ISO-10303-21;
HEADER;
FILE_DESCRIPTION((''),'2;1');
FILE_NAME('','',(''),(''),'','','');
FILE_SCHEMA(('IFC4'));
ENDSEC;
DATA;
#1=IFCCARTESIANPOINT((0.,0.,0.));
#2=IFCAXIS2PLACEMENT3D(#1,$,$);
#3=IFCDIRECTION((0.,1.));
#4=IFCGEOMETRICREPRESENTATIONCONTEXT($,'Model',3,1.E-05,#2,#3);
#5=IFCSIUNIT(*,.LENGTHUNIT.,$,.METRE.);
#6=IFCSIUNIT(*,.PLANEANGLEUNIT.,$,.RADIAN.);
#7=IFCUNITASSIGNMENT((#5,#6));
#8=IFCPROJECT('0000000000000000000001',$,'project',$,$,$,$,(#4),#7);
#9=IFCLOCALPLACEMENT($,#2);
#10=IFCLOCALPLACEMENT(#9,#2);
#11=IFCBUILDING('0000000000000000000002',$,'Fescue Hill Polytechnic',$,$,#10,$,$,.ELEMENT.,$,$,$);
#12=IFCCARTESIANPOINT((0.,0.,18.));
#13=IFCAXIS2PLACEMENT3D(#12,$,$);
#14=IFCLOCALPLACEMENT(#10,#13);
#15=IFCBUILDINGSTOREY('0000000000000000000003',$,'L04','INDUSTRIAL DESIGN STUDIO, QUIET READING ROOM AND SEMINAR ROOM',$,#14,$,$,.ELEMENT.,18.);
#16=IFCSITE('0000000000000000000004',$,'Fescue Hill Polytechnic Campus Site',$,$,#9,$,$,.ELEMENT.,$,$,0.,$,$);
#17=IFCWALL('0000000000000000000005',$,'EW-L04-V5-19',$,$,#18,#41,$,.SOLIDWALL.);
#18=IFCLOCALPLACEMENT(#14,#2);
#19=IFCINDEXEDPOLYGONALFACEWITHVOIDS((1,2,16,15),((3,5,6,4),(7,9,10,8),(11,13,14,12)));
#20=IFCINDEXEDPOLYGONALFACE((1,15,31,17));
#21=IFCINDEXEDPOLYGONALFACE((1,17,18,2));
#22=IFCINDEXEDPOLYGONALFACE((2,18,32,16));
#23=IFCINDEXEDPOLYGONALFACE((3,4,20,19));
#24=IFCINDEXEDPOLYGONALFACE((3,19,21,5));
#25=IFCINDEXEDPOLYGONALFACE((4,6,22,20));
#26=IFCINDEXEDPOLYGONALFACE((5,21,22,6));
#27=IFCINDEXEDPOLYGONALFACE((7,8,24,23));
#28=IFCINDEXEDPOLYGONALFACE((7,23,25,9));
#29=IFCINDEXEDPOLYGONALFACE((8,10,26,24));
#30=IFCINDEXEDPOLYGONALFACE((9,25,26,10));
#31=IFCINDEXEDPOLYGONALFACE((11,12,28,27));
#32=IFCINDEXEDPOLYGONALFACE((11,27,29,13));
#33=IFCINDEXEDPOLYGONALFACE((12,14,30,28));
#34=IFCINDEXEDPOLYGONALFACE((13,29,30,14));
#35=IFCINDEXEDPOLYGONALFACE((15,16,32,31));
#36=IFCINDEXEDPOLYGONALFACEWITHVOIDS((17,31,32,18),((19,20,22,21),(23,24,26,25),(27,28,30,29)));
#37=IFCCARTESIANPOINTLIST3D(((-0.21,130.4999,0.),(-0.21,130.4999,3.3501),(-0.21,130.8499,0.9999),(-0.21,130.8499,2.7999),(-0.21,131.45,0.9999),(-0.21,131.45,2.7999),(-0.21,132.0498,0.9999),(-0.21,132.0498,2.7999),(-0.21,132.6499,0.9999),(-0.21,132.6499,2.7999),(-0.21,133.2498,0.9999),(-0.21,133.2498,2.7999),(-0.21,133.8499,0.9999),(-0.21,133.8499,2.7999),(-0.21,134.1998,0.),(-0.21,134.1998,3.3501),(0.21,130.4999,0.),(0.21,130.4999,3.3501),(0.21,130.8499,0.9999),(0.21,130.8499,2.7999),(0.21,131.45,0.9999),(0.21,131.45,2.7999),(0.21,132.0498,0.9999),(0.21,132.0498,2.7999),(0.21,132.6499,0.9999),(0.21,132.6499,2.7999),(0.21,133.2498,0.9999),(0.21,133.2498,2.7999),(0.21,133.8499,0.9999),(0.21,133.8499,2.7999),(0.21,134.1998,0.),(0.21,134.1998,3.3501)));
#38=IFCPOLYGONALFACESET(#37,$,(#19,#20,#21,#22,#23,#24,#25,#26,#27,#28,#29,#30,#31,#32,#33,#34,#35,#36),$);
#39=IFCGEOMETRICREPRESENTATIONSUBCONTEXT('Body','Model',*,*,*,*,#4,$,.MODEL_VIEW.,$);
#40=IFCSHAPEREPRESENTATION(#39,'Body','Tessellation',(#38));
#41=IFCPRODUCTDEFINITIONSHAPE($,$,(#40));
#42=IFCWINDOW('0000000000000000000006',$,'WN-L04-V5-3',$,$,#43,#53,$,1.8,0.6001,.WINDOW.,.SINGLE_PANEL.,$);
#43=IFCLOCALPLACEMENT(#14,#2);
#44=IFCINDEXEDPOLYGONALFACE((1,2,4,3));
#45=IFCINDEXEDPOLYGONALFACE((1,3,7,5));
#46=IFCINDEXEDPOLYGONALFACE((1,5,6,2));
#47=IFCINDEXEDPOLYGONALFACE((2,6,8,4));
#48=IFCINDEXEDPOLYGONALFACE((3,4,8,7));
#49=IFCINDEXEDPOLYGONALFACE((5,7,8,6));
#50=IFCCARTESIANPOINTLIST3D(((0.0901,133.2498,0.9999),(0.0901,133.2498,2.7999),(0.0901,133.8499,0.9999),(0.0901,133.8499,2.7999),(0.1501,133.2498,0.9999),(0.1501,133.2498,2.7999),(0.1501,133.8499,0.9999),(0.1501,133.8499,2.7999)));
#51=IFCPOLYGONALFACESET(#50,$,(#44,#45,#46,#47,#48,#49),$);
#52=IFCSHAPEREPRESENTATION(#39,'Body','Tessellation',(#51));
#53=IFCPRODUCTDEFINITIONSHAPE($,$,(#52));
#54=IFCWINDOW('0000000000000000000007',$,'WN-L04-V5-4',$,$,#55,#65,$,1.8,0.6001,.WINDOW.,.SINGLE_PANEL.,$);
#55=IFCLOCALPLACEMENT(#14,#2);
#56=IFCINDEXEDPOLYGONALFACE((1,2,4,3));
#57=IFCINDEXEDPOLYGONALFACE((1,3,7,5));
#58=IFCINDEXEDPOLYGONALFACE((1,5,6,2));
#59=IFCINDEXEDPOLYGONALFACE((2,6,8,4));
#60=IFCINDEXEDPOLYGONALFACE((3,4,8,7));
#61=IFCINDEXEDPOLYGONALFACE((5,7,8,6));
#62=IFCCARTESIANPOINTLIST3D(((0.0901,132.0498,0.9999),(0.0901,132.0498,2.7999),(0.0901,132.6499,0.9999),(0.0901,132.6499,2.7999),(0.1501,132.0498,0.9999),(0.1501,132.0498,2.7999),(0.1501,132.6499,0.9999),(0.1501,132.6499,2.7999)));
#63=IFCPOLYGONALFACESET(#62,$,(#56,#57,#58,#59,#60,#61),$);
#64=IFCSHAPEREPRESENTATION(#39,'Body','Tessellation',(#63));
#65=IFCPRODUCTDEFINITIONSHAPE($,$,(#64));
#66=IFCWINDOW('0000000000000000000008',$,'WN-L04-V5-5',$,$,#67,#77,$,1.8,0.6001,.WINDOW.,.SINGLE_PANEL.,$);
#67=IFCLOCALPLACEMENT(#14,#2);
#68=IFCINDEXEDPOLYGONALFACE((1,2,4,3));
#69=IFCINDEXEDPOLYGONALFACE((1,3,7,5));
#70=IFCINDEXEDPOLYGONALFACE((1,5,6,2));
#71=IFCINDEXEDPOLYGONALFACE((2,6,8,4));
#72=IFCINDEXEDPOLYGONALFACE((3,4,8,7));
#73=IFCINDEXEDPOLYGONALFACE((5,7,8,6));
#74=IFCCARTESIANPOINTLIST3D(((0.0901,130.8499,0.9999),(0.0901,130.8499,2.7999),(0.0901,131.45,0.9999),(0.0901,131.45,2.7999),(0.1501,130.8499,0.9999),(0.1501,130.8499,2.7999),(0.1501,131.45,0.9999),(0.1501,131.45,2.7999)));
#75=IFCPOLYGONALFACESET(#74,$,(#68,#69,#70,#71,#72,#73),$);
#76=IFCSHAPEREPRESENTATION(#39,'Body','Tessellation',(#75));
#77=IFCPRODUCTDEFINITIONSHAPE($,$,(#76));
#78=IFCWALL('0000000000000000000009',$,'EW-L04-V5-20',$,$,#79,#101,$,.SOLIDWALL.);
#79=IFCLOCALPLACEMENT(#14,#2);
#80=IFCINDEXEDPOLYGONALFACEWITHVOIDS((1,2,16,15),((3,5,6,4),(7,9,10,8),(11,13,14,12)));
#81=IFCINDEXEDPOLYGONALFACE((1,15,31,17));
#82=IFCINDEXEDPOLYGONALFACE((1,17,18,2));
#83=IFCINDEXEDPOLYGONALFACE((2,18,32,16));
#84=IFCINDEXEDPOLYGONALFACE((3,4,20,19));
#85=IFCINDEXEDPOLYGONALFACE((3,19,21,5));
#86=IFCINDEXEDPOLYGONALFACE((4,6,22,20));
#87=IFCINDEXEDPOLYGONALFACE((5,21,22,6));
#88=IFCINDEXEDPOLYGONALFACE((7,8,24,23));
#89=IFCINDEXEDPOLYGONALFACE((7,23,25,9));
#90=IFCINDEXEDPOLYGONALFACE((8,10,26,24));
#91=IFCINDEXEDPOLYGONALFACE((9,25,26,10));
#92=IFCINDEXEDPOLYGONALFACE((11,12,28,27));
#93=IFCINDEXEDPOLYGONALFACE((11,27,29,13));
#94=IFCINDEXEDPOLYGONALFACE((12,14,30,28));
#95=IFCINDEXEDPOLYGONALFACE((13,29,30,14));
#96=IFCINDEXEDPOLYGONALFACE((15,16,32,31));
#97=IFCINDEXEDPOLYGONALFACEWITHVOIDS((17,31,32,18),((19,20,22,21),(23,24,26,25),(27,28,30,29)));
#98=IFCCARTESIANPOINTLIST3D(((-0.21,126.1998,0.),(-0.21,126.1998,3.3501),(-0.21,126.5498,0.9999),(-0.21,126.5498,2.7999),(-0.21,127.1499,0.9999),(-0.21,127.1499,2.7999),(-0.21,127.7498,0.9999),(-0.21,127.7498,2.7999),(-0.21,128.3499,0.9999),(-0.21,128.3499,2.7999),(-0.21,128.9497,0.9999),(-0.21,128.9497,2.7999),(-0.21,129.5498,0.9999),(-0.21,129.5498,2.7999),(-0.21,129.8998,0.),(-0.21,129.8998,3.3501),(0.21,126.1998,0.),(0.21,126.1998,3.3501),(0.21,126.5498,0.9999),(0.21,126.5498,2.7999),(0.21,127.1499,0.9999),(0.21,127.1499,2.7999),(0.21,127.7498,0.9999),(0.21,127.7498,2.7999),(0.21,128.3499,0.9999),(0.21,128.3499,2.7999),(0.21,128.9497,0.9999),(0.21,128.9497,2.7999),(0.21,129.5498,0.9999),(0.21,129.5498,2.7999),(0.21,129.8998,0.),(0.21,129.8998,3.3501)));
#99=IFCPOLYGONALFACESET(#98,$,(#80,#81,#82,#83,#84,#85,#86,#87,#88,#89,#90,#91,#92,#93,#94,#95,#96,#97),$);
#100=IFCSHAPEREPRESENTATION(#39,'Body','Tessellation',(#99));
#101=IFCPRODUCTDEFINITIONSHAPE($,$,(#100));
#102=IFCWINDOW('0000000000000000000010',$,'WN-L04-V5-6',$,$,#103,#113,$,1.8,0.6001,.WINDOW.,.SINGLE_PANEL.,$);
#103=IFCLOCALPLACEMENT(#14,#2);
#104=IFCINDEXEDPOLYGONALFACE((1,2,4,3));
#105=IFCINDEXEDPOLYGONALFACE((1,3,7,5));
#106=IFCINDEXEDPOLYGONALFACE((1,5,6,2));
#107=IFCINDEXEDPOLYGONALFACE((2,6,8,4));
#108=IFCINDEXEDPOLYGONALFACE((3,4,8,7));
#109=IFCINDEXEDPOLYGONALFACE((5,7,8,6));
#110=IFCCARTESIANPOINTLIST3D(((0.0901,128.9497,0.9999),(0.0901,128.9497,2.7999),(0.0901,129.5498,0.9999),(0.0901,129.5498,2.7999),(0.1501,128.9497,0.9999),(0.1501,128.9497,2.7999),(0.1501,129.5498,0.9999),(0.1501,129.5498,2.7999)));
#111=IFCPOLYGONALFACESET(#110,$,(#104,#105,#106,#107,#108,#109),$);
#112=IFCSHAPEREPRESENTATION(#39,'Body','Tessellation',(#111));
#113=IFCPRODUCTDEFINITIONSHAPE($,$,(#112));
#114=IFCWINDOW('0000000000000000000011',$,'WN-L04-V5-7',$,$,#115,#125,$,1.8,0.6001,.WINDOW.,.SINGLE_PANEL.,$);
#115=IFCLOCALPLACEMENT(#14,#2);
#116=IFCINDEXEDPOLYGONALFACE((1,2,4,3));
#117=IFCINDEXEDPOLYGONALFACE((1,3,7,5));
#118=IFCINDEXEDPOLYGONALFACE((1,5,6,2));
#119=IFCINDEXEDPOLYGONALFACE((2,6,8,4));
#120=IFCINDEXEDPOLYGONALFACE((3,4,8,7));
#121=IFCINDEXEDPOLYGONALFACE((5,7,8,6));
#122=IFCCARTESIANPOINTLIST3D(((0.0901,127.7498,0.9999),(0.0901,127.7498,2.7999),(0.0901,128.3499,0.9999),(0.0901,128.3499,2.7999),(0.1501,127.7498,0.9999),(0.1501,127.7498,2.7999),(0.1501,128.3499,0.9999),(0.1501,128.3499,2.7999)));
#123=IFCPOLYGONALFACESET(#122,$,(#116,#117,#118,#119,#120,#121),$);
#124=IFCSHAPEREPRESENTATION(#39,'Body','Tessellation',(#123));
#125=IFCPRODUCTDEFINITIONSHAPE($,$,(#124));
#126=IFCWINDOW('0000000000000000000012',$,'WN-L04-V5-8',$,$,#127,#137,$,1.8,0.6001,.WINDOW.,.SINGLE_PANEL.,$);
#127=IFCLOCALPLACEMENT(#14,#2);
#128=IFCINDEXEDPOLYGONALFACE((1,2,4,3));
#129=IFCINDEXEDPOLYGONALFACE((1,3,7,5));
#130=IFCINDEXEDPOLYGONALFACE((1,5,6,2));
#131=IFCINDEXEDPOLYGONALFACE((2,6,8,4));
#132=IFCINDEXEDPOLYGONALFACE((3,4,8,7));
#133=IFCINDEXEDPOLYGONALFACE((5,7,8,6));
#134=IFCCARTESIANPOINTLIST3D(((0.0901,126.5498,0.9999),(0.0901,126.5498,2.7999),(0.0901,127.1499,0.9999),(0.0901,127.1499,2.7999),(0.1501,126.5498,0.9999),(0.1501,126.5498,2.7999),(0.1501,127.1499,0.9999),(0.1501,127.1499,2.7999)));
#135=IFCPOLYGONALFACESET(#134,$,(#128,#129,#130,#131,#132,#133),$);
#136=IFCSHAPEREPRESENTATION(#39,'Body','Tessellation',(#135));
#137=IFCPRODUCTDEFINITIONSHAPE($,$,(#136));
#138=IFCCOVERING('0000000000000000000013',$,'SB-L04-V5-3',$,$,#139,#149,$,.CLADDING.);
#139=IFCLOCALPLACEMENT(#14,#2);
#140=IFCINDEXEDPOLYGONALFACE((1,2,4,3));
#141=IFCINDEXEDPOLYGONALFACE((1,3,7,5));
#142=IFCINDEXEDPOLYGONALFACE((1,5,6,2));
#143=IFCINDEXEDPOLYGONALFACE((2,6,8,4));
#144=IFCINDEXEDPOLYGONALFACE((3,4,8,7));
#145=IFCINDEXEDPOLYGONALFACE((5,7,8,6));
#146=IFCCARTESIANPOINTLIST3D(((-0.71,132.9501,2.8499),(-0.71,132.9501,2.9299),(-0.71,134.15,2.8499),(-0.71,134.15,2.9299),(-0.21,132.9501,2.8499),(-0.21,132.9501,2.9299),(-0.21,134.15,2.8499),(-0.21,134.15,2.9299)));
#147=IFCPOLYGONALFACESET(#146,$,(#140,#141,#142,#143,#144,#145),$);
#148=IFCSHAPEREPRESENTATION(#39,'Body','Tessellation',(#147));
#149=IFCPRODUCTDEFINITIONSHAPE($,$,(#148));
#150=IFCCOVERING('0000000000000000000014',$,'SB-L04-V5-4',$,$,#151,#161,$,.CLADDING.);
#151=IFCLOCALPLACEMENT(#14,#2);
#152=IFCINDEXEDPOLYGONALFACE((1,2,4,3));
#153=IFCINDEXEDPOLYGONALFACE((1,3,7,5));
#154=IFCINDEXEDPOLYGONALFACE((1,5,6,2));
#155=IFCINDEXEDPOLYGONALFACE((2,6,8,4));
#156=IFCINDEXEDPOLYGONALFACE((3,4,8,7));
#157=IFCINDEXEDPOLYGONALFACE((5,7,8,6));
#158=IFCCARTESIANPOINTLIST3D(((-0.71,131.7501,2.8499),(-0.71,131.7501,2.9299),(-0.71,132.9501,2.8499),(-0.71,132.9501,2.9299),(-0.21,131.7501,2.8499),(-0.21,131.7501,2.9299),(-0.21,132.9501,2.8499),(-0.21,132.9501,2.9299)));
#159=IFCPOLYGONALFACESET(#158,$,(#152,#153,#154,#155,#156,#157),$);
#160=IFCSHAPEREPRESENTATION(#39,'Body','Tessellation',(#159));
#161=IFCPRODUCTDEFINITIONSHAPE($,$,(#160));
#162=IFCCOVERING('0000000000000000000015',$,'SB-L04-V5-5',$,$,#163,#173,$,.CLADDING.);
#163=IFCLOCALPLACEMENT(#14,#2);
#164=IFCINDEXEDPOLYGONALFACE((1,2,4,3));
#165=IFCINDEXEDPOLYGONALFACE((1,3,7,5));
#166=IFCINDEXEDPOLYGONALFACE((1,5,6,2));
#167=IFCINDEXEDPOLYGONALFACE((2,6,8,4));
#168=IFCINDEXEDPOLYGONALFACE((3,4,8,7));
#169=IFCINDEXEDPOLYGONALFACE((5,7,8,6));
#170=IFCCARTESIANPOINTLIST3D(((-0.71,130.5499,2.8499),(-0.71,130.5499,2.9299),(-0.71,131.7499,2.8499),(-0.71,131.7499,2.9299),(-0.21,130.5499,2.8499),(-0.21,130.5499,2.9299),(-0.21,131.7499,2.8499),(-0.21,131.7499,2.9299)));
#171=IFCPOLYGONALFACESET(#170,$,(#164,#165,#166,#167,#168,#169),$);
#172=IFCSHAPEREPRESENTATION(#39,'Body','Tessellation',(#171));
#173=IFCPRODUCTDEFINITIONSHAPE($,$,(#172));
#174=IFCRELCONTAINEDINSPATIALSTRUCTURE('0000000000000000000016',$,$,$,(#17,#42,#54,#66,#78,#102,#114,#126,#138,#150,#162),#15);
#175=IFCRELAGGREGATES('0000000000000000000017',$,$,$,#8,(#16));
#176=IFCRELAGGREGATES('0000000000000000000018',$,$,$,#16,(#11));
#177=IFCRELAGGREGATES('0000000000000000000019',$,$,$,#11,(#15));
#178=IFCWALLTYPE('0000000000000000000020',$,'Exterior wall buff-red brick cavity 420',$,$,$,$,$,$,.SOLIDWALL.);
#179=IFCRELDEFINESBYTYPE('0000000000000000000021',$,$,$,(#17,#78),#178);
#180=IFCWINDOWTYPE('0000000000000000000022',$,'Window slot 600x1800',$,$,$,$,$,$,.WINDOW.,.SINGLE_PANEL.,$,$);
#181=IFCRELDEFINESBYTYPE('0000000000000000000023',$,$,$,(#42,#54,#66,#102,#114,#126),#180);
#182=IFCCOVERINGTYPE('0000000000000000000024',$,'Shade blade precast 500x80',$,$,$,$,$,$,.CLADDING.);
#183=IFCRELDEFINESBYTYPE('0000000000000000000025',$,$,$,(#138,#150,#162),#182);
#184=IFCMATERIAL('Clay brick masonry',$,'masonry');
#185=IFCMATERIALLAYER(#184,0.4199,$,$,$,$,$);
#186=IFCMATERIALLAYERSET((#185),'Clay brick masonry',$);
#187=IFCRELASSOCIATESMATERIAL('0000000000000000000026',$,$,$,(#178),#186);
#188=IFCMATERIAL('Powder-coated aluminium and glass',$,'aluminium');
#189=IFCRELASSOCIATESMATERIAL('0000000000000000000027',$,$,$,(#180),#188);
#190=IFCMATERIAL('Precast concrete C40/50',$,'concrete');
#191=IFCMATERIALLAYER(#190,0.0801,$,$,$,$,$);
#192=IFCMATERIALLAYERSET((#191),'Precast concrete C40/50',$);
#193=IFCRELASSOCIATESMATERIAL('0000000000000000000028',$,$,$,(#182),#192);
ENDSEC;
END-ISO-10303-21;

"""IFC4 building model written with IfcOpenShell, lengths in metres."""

from ifc_helpers import new_model, si_unit, direction, frame, frame_2d, origin, origin_2d, place, context, subcontext, project, spatial, rectangle, extrude, material, layer, layer_set, type_object, element, fill, save


model = new_model("IFC4")

# Units and contexts
model_context = context("Model", 3, precision=1e-05, world=origin(), true_north=direction((0.0, 1.0)))
body_context = subcontext(model_context, "Body", "Model", "MODEL_VIEW")
ifc_project = project(units=[si_unit("LENGTHUNIT", "METRE"), si_unit("PLANEANGLEUNIT", "RADIAN")], contexts=[model_context])

# Site, building, storey
site_placement = place(None, origin())
site = spatial("IfcSite", under=ifc_project, at=site_placement, Name="Fescue Hill Polytechnic Campus Site", CompositionType="ELEMENT", RefElevation=0.0)
building_placement = place(site_placement, origin())
building = spatial("IfcBuilding", under=site, at=building_placement, Name="Fescue Hill Polytechnic", CompositionType="ELEMENT")
storey_placement = place(building_placement, frame((0.0, 0.0, 18.0)))
storey = spatial("IfcBuildingStorey", under=building, at=storey_placement, Name="L04", Description="INDUSTRIAL DESIGN STUDIO, QUIET READING ROOM AND SEMINAR ROOM", CompositionType="ELEMENT", Elevation=18.0)

# Shared definitions
ifc_material_1 = material(Name="Clay brick masonry", Category="masonry")

# Walls, openings, windows
ifc_layer_1 = layer(ifc_material_1, 0.4199)
ifc_layer_set_1 = layer_set([ifc_layer_1], Name="Clay brick masonry")
wall_type_1 = type_object("IfcWallType", Name="Exterior wall buff-red brick cavity 420", PredefinedType="SOLIDWALL", material=ifc_layer_set_1)
wall_1_placement = place(storey_placement, frame((0.0, 134.2, 0.0), z_axis=(0.0, 0.0, 1.0), x_axis=(0.0, -1.0, 0.0)))
wall_1 = element("IfcWall", 1, at=wall_1_placement, inside=storey, type_object=wall_type_1, Name="EW-L04-V5-19", PredefinedType="SOLIDWALL", context=body_context, shape_type="SweptSolid", body=[
    extrude(rectangle(XDim=3.7, YDim=0.4199, at=frame_2d((1.8501, 0.0))), origin(), (0.0, 0.0, 1.0), 3.3501),
])
opening_1_placement = place(wall_1_placement, frame((0.3501, 0.0, 1.0)))
opening_1 = element("IfcOpeningElement", 2, at=opening_1_placement, cuts=wall_1, PredefinedType="OPENING", context=body_context, shape_type="SweptSolid", body=[
    extrude(rectangle(XDim=0.6001, YDim=1.8, at=frame_2d((0.3, 0.8999))), frame((0.0, 0.22, 0.0), z_axis=(0.0, -1.0, 0.0), x_axis=(1.0, 0.0, 0.0)), (0.0, 0.0, 1.0), 0.4399),
])
opening_2_placement = place(wall_1_placement, frame((1.55, 0.0, 1.0)))
opening_2 = element("IfcOpeningElement", 3, at=opening_2_placement, cuts=wall_1, PredefinedType="OPENING", context=body_context, shape_type="SweptSolid", body=[
    extrude(rectangle(XDim=0.6001, YDim=1.8, at=frame_2d((0.3, 0.8999))), frame((0.0, 0.22, 0.0), z_axis=(0.0, -1.0, 0.0), x_axis=(1.0, 0.0, 0.0)), (0.0, 0.0, 1.0), 0.4399),
])
opening_3_placement = place(wall_1_placement, frame((2.75, 0.0, 1.0)))
opening_3 = element("IfcOpeningElement", 4, at=opening_3_placement, cuts=wall_1, PredefinedType="OPENING", context=body_context, shape_type="SweptSolid", body=[
    extrude(rectangle(XDim=0.6001, YDim=1.8, at=frame_2d((0.3, 0.8999))), frame((0.0, 0.22, 0.0), z_axis=(0.0, -1.0, 0.0), x_axis=(1.0, 0.0, 0.0)), (0.0, 0.0, 1.0), 0.4399),
])
ifc_material_2 = material(Name="Powder-coated aluminium and glass", Category="aluminium")
window_type = type_object("IfcWindowType", Name="Window slot 600x1800", PartitioningType="SINGLE_PANEL", PredefinedType="WINDOW", material=ifc_material_2)
window_1_placement = place(opening_1_placement, origin())
window_1 = element("IfcWindow", 5, at=window_1_placement, inside=storey, type_object=window_type, Name="WN-L04-V5-3", OverallHeight=1.8, OverallWidth=0.6001, PartitioningType="SINGLE_PANEL", PredefinedType="WINDOW", context=body_context, shape_type="SweptSolid", body=[
    extrude(rectangle(XDim=0.6001, YDim=1.8, at=frame_2d((0.3, 0.8999))), frame((0.0, 0.1501, 0.0), z_axis=(0.0, -1.0, 0.0), x_axis=(1.0, 0.0, 0.0)), (0.0, 0.0, 1.0), 0.0601),
])
fill(opening_1, window_1)
window_2_placement = place(opening_2_placement, origin())
window_2 = element("IfcWindow", 6, at=window_2_placement, inside=storey, type_object=window_type, Name="WN-L04-V5-4", OverallHeight=1.8, OverallWidth=0.6001, PartitioningType="SINGLE_PANEL", PredefinedType="WINDOW", context=body_context, shape_type="SweptSolid", body=[
    extrude(rectangle(XDim=0.6001, YDim=1.8, at=frame_2d((0.3, 0.8999))), frame((0.0, 0.1501, 0.0), z_axis=(0.0, -1.0, 0.0), x_axis=(1.0, 0.0, 0.0)), (0.0, 0.0, 1.0), 0.0601),
])
fill(opening_2, window_2)
window_3_placement = place(opening_3_placement, origin())
window_3 = element("IfcWindow", 7, at=window_3_placement, inside=storey, type_object=window_type, Name="WN-L04-V5-5", OverallHeight=1.8, OverallWidth=0.6001, PartitioningType="SINGLE_PANEL", PredefinedType="WINDOW", context=body_context, shape_type="SweptSolid", body=[
    extrude(rectangle(XDim=0.6001, YDim=1.8, at=frame_2d((0.3, 0.8999))), frame((0.0, 0.1501, 0.0), z_axis=(0.0, -1.0, 0.0), x_axis=(1.0, 0.0, 0.0)), (0.0, 0.0, 1.0), 0.0601),
])
fill(opening_3, window_3)
wall_2_placement = place(storey_placement, frame((0.0, 129.8999, 0.0), z_axis=(0.0, 0.0, 1.0), x_axis=(0.0, -1.0, 0.0)))
wall_2 = element("IfcWall", 8, at=wall_2_placement, inside=storey, type_object=wall_type_1, Name="EW-L04-V5-20", PredefinedType="SOLIDWALL", context=body_context, shape_type="SweptSolid", body=[
    extrude(rectangle(XDim=3.7, YDim=0.4199, at=frame_2d((1.8501, 0.0))), origin(), (0.0, 0.0, 1.0), 3.3501),
])
opening_4_placement = place(wall_2_placement, frame((0.3501, 0.0, 1.0)))
opening_4 = element("IfcOpeningElement", 9, at=opening_4_placement, cuts=wall_2, PredefinedType="OPENING", context=body_context, shape_type="SweptSolid", body=[
    extrude(rectangle(XDim=0.6001, YDim=1.8, at=frame_2d((0.3, 0.8999))), frame((0.0, 0.22, 0.0), z_axis=(0.0, -1.0, 0.0), x_axis=(1.0, 0.0, 0.0)), (0.0, 0.0, 1.0), 0.4399),
])
opening_5_placement = place(wall_2_placement, frame((1.55, 0.0, 1.0)))
opening_5 = element("IfcOpeningElement", 10, at=opening_5_placement, cuts=wall_2, PredefinedType="OPENING", context=body_context, shape_type="SweptSolid", body=[
    extrude(rectangle(XDim=0.6001, YDim=1.8, at=frame_2d((0.3, 0.8999))), frame((0.0, 0.22, 0.0), z_axis=(0.0, -1.0, 0.0), x_axis=(1.0, 0.0, 0.0)), (0.0, 0.0, 1.0), 0.4399),
])
opening_6_placement = place(wall_2_placement, frame((2.75, 0.0, 1.0)))
opening_6 = element("IfcOpeningElement", 11, at=opening_6_placement, cuts=wall_2, PredefinedType="OPENING", context=body_context, shape_type="SweptSolid", body=[
    extrude(rectangle(XDim=0.6001, YDim=1.8, at=frame_2d((0.3, 0.8999))), frame((0.0, 0.22, 0.0), z_axis=(0.0, -1.0, 0.0), x_axis=(1.0, 0.0, 0.0)), (0.0, 0.0, 1.0), 0.4399),
])
window_4_placement = place(opening_4_placement, origin())
window_4 = element("IfcWindow", 12, at=window_4_placement, inside=storey, type_object=window_type, Name="WN-L04-V5-6", OverallHeight=1.8, OverallWidth=0.6001, PartitioningType="SINGLE_PANEL", PredefinedType="WINDOW", context=body_context, shape_type="SweptSolid", body=[
    extrude(rectangle(XDim=0.6001, YDim=1.8, at=frame_2d((0.3, 0.8999))), frame((0.0, 0.1501, 0.0), z_axis=(0.0, -1.0, 0.0), x_axis=(1.0, 0.0, 0.0)), (0.0, 0.0, 1.0), 0.0601),
])
fill(opening_4, window_4)
window_5_placement = place(opening_5_placement, origin())
window_5 = element("IfcWindow", 13, at=window_5_placement, inside=storey, type_object=window_type, Name="WN-L04-V5-7", OverallHeight=1.8, OverallWidth=0.6001, PartitioningType="SINGLE_PANEL", PredefinedType="WINDOW", context=body_context, shape_type="SweptSolid", body=[
    extrude(rectangle(XDim=0.6001, YDim=1.8, at=frame_2d((0.3, 0.8999))), frame((0.0, 0.1501, 0.0), z_axis=(0.0, -1.0, 0.0), x_axis=(1.0, 0.0, 0.0)), (0.0, 0.0, 1.0), 0.0601),
])
fill(opening_5, window_5)
window_6_placement = place(opening_6_placement, origin())
window_6 = element("IfcWindow", 14, at=window_6_placement, inside=storey, type_object=window_type, Name="WN-L04-V5-8", OverallHeight=1.8, OverallWidth=0.6001, PartitioningType="SINGLE_PANEL", PredefinedType="WINDOW", context=body_context, shape_type="SweptSolid", body=[
    extrude(rectangle(XDim=0.6001, YDim=1.8, at=frame_2d((0.3, 0.8999))), frame((0.0, 0.1501, 0.0), z_axis=(0.0, -1.0, 0.0), x_axis=(1.0, 0.0, 0.0)), (0.0, 0.0, 1.0), 0.0601),
])
fill(opening_6, window_6)

# Coverings
ifc_material_3 = material(Name="Precast concrete C40/50", Category="concrete")
ifc_layer_2 = layer(ifc_material_3, 0.0801)
ifc_layer_set_2 = layer_set([ifc_layer_2], Name="Precast concrete C40/50")
covering_type = type_object("IfcCoveringType", Name="Shade blade precast 500x80", PredefinedType="CLADDING", material=ifc_layer_set_2)
for number, where, z_axis, x_axis, name in (
    (15, (-0.46, 133.55, 2.8499), (0.0, 0.0, 1.0), (0.0, -1.0, 0.0), "SB-L04-V5-3"),
    (16, (-0.46, 132.3501, 2.8499), (0.0, 0.0, 1.0), (0.0, -1.0, 0.0), "SB-L04-V5-4"),
    (17, (-0.46, 131.1499, 2.8499), (0.0, 0.0, 1.0), (0.0, -1.0, 0.0), "SB-L04-V5-5"),
):
    element("IfcCovering", number, at=place(storey_placement, frame(where, z_axis=z_axis, x_axis=x_axis)), inside=storey, type_object=covering_type, Name=name, PredefinedType="CLADDING", context=body_context, shape_type="SweptSolid", body=[
        extrude(rectangle(XDim=1.2, YDim=0.5, at=origin_2d()), origin(), (0.0, 0.0, 1.0), 0.0801),
    ])

save(model, "model.ifc")
